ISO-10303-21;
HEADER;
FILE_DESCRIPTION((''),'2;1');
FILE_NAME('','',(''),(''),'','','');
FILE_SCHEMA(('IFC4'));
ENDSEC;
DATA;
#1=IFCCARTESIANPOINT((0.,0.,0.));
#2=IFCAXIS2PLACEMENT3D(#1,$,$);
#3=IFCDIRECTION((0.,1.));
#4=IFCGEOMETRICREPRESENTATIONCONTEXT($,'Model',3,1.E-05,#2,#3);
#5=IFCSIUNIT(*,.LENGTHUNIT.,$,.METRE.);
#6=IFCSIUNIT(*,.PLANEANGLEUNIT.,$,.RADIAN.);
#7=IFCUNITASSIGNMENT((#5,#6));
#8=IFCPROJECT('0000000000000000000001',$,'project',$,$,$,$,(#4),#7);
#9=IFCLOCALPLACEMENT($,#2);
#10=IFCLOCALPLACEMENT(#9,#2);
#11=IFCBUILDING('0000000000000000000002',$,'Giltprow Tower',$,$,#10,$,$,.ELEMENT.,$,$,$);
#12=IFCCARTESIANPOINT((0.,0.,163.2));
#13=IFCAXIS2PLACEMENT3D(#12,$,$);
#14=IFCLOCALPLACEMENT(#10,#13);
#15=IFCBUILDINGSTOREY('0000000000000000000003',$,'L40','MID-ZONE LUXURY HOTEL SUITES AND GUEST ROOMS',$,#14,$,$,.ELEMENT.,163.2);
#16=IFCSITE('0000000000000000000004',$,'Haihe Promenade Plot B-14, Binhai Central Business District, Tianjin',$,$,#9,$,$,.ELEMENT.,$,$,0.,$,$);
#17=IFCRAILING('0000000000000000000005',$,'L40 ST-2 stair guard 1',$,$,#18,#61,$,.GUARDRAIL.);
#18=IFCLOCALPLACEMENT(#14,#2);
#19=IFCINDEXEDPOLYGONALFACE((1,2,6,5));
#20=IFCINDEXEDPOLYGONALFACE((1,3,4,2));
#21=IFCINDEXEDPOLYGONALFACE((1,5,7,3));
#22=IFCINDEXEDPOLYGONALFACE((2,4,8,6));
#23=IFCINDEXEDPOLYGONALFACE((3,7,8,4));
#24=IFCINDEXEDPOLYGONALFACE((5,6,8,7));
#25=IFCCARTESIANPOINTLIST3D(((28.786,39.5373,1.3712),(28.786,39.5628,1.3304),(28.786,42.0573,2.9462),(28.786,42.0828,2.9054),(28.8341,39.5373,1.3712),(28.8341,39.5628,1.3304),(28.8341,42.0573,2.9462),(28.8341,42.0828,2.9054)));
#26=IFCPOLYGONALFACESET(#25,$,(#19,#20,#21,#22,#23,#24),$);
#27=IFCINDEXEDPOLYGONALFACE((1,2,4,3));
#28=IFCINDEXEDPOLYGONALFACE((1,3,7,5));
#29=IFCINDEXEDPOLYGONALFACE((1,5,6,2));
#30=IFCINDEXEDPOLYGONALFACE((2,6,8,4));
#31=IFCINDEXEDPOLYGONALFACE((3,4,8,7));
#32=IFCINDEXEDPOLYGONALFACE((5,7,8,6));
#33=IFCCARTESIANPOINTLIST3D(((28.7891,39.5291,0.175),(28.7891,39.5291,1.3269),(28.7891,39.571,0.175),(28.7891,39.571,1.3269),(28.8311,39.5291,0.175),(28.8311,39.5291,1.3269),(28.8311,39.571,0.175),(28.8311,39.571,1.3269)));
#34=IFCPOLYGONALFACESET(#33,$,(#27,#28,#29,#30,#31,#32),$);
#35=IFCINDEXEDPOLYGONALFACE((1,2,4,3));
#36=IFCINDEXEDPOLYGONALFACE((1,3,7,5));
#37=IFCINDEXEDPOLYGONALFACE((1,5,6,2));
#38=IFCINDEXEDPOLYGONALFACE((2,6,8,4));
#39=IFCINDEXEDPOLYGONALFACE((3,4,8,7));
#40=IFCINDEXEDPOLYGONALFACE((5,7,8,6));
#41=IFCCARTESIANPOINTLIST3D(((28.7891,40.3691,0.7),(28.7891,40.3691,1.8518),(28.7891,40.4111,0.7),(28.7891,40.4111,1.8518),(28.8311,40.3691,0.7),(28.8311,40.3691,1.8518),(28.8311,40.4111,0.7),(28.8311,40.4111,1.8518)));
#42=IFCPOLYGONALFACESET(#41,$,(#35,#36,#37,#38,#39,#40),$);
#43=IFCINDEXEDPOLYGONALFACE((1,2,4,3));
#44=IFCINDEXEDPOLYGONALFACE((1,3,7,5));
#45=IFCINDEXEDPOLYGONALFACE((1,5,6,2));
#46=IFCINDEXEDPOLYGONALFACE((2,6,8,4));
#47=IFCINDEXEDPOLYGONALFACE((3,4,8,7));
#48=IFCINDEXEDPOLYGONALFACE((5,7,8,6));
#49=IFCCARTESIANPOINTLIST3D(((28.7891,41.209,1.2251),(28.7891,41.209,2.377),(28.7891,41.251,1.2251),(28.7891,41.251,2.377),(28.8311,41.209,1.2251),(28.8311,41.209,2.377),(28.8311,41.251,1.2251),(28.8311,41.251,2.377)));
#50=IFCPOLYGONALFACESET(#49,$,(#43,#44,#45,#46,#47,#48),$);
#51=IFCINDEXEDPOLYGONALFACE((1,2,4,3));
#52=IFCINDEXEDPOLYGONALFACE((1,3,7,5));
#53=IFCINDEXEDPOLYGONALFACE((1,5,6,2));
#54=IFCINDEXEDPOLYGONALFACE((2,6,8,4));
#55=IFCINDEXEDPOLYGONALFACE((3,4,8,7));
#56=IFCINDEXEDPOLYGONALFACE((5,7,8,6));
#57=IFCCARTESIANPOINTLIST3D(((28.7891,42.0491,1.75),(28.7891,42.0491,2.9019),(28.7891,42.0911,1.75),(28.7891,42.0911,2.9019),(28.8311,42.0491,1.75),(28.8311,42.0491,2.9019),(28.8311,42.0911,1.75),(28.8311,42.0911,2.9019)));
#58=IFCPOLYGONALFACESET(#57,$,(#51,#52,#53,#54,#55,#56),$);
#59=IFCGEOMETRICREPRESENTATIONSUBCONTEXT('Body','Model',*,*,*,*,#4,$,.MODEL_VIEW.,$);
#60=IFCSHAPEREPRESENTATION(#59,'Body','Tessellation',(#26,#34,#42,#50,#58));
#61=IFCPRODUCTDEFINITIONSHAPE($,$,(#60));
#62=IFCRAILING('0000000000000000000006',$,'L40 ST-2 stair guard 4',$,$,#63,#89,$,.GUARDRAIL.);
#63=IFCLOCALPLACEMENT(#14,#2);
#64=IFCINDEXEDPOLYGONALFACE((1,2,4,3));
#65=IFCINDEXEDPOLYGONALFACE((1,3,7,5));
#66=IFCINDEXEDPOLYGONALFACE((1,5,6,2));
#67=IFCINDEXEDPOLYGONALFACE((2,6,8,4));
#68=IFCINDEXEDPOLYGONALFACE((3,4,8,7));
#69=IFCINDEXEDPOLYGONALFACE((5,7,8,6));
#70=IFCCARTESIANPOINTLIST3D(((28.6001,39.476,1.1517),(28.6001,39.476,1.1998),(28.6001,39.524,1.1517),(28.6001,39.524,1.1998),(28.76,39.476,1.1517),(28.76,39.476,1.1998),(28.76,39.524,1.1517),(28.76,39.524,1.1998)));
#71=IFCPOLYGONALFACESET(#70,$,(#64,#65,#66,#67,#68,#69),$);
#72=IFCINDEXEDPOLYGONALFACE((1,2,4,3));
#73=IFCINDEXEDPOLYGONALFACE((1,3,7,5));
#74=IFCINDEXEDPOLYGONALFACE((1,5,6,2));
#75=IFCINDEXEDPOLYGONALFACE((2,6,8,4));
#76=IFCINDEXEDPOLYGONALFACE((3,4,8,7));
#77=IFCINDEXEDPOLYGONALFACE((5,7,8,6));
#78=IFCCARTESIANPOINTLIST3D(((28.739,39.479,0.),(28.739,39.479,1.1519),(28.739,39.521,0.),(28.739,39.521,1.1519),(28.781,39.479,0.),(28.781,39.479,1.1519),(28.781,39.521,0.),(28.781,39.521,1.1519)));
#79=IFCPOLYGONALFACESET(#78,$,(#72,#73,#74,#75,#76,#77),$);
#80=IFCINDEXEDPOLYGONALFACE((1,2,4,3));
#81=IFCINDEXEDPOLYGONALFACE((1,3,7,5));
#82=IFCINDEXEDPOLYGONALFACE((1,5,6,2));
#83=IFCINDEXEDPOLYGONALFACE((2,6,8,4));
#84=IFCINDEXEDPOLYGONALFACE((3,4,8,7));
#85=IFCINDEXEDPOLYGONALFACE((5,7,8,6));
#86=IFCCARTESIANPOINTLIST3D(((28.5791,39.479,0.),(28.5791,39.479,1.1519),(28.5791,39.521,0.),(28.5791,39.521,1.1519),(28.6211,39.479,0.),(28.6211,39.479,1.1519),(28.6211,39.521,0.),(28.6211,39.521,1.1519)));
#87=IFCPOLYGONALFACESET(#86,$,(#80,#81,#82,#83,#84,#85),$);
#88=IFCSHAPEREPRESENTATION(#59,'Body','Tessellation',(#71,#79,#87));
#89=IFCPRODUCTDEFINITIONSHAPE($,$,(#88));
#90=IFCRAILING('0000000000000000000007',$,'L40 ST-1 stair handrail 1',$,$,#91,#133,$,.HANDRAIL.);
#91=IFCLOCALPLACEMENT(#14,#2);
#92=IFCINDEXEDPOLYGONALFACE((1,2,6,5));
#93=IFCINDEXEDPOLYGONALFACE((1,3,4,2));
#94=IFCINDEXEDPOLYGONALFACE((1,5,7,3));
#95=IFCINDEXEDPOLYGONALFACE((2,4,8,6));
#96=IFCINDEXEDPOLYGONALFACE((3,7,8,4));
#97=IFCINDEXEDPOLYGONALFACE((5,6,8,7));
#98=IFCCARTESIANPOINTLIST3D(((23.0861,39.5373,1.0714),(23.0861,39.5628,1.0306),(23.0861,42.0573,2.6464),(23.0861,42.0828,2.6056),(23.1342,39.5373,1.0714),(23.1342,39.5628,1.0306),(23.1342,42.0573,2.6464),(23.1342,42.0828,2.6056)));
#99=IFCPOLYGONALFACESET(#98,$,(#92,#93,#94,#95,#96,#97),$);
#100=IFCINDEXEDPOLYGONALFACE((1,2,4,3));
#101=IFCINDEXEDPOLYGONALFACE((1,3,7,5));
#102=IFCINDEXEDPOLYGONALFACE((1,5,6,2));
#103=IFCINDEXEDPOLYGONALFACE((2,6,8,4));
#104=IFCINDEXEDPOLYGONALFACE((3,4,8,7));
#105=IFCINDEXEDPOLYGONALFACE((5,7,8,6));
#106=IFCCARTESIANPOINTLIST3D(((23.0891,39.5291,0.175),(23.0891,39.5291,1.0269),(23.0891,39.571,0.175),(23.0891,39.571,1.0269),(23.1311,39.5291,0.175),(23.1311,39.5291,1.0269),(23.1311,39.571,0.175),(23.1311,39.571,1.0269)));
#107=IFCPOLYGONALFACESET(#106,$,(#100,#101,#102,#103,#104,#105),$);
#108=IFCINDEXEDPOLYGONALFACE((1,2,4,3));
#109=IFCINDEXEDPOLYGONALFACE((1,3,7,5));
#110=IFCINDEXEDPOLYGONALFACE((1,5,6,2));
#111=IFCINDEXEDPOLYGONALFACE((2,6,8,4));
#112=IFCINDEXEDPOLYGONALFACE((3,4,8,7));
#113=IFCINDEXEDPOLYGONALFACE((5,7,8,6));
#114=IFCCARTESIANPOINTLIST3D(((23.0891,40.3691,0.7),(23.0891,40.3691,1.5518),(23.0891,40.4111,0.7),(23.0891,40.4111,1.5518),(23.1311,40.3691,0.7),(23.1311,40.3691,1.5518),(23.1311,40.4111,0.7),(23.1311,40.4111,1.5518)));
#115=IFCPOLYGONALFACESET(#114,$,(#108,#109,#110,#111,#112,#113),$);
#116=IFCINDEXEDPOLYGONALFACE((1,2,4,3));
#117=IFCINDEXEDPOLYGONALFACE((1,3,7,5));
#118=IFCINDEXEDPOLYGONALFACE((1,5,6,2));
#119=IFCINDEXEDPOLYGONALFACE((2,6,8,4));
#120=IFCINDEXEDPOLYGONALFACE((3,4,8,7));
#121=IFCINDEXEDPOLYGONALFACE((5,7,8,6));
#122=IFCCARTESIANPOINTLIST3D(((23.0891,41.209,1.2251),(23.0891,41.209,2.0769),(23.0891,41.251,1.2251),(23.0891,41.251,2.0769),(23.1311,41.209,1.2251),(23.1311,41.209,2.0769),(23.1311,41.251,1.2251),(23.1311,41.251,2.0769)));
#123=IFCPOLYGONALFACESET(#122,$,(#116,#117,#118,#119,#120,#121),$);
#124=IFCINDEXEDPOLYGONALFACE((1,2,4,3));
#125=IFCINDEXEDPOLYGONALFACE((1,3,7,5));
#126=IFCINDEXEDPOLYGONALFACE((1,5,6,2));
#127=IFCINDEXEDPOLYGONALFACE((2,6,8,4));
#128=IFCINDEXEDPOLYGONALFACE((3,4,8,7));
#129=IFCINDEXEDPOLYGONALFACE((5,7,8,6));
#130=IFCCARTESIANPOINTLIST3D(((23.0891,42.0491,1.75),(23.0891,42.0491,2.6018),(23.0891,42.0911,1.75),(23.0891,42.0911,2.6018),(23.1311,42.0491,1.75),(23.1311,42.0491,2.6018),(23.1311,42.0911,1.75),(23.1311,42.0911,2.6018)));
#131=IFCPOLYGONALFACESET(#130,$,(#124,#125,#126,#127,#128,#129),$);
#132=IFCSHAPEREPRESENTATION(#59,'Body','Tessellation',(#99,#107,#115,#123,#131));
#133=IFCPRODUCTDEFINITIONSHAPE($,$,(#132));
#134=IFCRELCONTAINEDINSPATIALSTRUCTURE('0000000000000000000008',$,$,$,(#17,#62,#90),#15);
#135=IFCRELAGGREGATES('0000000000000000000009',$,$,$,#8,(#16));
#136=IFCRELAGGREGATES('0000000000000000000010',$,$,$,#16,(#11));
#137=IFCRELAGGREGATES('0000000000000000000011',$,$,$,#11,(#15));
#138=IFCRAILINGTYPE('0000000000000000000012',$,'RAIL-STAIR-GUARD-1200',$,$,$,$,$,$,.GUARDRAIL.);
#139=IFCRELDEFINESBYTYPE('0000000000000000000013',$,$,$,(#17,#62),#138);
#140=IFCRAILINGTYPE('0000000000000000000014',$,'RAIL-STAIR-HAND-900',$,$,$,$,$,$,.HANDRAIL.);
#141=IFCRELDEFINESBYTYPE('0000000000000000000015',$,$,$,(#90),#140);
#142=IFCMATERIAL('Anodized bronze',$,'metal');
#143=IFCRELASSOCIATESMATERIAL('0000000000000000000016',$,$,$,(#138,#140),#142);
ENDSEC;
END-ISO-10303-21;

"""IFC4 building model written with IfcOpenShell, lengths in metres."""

from ifc_helpers import new_model, si_unit, direction, frame, origin, origin_2d, place, context, subcontext, project, spatial, rectangle, extrude, material, type_object, element, save


model = new_model("IFC4")

# Units and contexts
model_context = context("Model", 3, precision=1e-05, world=origin(), true_north=direction((0.0, 1.0)))
body_context = subcontext(model_context, "Body", "Model", "MODEL_VIEW")
ifc_project = project(units=[si_unit("LENGTHUNIT", "METRE"), si_unit("PLANEANGLEUNIT", "RADIAN")], contexts=[model_context])

# Site, building, storey
site_placement = place(None, origin())
site = spatial("IfcSite", under=ifc_project, at=site_placement, Name="Haihe Promenade Plot B-14, Binhai Central Business District, Tianjin", CompositionType="ELEMENT", RefElevation=0.0)
building_placement = place(site_placement, origin())
building = spatial("IfcBuilding", under=site, at=building_placement, Name="Giltprow Tower", CompositionType="ELEMENT")
storey_placement = place(building_placement, frame((0.0, 0.0, 163.2)))
storey = spatial("IfcBuildingStorey", under=building, at=storey_placement, Name="L40", Description="MID-ZONE LUXURY HOTEL SUITES AND GUEST ROOMS", CompositionType="ELEMENT", Elevation=163.2)

# Railings
ifc_material_1 = material(Name="Anodized bronze", Category="metal")
railing_type_1 = type_object("IfcRailingType", Name="RAIL-STAIR-GUARD-1200", PredefinedType="GUARDRAIL", material=ifc_material_1)
railing_1_placement = place(storey_placement, frame((28.8101, 39.55, 0.175)))
element("IfcRailing", 1, at=railing_1_placement, inside=storey, type_object=railing_type_1, Name="L40 ST-2 stair guard 1", PredefinedType="GUARDRAIL", context=body_context, shape_type="SweptSolid", body=[
    extrude(rectangle(XDim=0.0481, YDim=0.0481, at=origin_2d()), frame((0.0, 0.0, 1.1758), z_axis=(0.0, 0.848008, 0.529984), x_axis=(-1.0, 0.0, 0.0)), (0.0, 0.0, 1.0), 2.9717),
    extrude(rectangle(XDim=0.042, YDim=0.042, at=origin_2d()), origin(), (0.0, 0.0, 1.0), 1.1519),
    extrude(rectangle(XDim=0.042, YDim=0.042, at=origin_2d()), frame((0.0, 0.8401, 0.5249)), (0.0, 0.0, 1.0), 1.1519),
    extrude(rectangle(XDim=0.042, YDim=0.042, at=origin_2d()), frame((0.0, 1.6799, 1.05)), (0.0, 0.0, 1.0), 1.1519),
    extrude(rectangle(XDim=0.042, YDim=0.042, at=origin_2d()), frame((0.0, 2.52, 1.575)), (0.0, 0.0, 1.0), 1.1519),
])
railing_2_placement = place(storey_placement, frame((28.76, 39.5, 0.0)))
element("IfcRailing", 2, at=railing_2_placement, inside=storey, type_object=railing_type_1, Name="L40 ST-2 stair guard 4", PredefinedType="GUARDRAIL", context=body_context, shape_type="SweptSolid", body=[
    extrude(rectangle(XDim=0.0481, YDim=0.0481, at=origin_2d()), frame((0.0, 0.0, 1.1758), z_axis=(-1.0, 0.0, 0.0), x_axis=(0.0, -1.0, 0.0)), (0.0, 0.0, 1.0), 0.1599),
    extrude(rectangle(XDim=0.042, YDim=0.042, at=origin_2d()), origin(), (0.0, 0.0, 1.0), 1.1519),
    extrude(rectangle(XDim=0.042, YDim=0.042, at=origin_2d()), frame((-0.1599, 0.0, 0.0)), (0.0, 0.0, 1.0), 1.1519),
])
railing_type_2 = type_object("IfcRailingType", Name="RAIL-STAIR-HAND-900", PredefinedType="HANDRAIL", material=ifc_material_1)
railing_3_placement = place(storey_placement, frame((23.1101, 39.55, 0.175)))
element("IfcRailing", 3, at=railing_3_placement, inside=storey, type_object=railing_type_2, Name="L40 ST-1 stair handrail 1", PredefinedType="HANDRAIL", context=body_context, shape_type="SweptSolid", body=[
    extrude(rectangle(XDim=0.0481, YDim=0.0481, at=origin_2d()), frame((0.0, 0.0, 0.876), z_axis=(0.0, 0.848008, 0.529984), x_axis=(-1.0, 0.0, 0.0)), (0.0, 0.0, 1.0), 2.9717),
    extrude(rectangle(XDim=0.042, YDim=0.042, at=origin_2d()), origin(), (0.0, 0.0, 1.0), 0.8518),
    extrude(rectangle(XDim=0.042, YDim=0.042, at=origin_2d()), frame((0.0, 0.8401, 0.5249)), (0.0, 0.0, 1.0), 0.8518),
    extrude(rectangle(XDim=0.042, YDim=0.042, at=origin_2d()), frame((0.0, 1.6799, 1.05)), (0.0, 0.0, 1.0), 0.8518),
    extrude(rectangle(XDim=0.042, YDim=0.042, at=origin_2d()), frame((0.0, 2.52, 1.575)), (0.0, 0.0, 1.0), 0.8518),
])

save(model, "model.ifc")
